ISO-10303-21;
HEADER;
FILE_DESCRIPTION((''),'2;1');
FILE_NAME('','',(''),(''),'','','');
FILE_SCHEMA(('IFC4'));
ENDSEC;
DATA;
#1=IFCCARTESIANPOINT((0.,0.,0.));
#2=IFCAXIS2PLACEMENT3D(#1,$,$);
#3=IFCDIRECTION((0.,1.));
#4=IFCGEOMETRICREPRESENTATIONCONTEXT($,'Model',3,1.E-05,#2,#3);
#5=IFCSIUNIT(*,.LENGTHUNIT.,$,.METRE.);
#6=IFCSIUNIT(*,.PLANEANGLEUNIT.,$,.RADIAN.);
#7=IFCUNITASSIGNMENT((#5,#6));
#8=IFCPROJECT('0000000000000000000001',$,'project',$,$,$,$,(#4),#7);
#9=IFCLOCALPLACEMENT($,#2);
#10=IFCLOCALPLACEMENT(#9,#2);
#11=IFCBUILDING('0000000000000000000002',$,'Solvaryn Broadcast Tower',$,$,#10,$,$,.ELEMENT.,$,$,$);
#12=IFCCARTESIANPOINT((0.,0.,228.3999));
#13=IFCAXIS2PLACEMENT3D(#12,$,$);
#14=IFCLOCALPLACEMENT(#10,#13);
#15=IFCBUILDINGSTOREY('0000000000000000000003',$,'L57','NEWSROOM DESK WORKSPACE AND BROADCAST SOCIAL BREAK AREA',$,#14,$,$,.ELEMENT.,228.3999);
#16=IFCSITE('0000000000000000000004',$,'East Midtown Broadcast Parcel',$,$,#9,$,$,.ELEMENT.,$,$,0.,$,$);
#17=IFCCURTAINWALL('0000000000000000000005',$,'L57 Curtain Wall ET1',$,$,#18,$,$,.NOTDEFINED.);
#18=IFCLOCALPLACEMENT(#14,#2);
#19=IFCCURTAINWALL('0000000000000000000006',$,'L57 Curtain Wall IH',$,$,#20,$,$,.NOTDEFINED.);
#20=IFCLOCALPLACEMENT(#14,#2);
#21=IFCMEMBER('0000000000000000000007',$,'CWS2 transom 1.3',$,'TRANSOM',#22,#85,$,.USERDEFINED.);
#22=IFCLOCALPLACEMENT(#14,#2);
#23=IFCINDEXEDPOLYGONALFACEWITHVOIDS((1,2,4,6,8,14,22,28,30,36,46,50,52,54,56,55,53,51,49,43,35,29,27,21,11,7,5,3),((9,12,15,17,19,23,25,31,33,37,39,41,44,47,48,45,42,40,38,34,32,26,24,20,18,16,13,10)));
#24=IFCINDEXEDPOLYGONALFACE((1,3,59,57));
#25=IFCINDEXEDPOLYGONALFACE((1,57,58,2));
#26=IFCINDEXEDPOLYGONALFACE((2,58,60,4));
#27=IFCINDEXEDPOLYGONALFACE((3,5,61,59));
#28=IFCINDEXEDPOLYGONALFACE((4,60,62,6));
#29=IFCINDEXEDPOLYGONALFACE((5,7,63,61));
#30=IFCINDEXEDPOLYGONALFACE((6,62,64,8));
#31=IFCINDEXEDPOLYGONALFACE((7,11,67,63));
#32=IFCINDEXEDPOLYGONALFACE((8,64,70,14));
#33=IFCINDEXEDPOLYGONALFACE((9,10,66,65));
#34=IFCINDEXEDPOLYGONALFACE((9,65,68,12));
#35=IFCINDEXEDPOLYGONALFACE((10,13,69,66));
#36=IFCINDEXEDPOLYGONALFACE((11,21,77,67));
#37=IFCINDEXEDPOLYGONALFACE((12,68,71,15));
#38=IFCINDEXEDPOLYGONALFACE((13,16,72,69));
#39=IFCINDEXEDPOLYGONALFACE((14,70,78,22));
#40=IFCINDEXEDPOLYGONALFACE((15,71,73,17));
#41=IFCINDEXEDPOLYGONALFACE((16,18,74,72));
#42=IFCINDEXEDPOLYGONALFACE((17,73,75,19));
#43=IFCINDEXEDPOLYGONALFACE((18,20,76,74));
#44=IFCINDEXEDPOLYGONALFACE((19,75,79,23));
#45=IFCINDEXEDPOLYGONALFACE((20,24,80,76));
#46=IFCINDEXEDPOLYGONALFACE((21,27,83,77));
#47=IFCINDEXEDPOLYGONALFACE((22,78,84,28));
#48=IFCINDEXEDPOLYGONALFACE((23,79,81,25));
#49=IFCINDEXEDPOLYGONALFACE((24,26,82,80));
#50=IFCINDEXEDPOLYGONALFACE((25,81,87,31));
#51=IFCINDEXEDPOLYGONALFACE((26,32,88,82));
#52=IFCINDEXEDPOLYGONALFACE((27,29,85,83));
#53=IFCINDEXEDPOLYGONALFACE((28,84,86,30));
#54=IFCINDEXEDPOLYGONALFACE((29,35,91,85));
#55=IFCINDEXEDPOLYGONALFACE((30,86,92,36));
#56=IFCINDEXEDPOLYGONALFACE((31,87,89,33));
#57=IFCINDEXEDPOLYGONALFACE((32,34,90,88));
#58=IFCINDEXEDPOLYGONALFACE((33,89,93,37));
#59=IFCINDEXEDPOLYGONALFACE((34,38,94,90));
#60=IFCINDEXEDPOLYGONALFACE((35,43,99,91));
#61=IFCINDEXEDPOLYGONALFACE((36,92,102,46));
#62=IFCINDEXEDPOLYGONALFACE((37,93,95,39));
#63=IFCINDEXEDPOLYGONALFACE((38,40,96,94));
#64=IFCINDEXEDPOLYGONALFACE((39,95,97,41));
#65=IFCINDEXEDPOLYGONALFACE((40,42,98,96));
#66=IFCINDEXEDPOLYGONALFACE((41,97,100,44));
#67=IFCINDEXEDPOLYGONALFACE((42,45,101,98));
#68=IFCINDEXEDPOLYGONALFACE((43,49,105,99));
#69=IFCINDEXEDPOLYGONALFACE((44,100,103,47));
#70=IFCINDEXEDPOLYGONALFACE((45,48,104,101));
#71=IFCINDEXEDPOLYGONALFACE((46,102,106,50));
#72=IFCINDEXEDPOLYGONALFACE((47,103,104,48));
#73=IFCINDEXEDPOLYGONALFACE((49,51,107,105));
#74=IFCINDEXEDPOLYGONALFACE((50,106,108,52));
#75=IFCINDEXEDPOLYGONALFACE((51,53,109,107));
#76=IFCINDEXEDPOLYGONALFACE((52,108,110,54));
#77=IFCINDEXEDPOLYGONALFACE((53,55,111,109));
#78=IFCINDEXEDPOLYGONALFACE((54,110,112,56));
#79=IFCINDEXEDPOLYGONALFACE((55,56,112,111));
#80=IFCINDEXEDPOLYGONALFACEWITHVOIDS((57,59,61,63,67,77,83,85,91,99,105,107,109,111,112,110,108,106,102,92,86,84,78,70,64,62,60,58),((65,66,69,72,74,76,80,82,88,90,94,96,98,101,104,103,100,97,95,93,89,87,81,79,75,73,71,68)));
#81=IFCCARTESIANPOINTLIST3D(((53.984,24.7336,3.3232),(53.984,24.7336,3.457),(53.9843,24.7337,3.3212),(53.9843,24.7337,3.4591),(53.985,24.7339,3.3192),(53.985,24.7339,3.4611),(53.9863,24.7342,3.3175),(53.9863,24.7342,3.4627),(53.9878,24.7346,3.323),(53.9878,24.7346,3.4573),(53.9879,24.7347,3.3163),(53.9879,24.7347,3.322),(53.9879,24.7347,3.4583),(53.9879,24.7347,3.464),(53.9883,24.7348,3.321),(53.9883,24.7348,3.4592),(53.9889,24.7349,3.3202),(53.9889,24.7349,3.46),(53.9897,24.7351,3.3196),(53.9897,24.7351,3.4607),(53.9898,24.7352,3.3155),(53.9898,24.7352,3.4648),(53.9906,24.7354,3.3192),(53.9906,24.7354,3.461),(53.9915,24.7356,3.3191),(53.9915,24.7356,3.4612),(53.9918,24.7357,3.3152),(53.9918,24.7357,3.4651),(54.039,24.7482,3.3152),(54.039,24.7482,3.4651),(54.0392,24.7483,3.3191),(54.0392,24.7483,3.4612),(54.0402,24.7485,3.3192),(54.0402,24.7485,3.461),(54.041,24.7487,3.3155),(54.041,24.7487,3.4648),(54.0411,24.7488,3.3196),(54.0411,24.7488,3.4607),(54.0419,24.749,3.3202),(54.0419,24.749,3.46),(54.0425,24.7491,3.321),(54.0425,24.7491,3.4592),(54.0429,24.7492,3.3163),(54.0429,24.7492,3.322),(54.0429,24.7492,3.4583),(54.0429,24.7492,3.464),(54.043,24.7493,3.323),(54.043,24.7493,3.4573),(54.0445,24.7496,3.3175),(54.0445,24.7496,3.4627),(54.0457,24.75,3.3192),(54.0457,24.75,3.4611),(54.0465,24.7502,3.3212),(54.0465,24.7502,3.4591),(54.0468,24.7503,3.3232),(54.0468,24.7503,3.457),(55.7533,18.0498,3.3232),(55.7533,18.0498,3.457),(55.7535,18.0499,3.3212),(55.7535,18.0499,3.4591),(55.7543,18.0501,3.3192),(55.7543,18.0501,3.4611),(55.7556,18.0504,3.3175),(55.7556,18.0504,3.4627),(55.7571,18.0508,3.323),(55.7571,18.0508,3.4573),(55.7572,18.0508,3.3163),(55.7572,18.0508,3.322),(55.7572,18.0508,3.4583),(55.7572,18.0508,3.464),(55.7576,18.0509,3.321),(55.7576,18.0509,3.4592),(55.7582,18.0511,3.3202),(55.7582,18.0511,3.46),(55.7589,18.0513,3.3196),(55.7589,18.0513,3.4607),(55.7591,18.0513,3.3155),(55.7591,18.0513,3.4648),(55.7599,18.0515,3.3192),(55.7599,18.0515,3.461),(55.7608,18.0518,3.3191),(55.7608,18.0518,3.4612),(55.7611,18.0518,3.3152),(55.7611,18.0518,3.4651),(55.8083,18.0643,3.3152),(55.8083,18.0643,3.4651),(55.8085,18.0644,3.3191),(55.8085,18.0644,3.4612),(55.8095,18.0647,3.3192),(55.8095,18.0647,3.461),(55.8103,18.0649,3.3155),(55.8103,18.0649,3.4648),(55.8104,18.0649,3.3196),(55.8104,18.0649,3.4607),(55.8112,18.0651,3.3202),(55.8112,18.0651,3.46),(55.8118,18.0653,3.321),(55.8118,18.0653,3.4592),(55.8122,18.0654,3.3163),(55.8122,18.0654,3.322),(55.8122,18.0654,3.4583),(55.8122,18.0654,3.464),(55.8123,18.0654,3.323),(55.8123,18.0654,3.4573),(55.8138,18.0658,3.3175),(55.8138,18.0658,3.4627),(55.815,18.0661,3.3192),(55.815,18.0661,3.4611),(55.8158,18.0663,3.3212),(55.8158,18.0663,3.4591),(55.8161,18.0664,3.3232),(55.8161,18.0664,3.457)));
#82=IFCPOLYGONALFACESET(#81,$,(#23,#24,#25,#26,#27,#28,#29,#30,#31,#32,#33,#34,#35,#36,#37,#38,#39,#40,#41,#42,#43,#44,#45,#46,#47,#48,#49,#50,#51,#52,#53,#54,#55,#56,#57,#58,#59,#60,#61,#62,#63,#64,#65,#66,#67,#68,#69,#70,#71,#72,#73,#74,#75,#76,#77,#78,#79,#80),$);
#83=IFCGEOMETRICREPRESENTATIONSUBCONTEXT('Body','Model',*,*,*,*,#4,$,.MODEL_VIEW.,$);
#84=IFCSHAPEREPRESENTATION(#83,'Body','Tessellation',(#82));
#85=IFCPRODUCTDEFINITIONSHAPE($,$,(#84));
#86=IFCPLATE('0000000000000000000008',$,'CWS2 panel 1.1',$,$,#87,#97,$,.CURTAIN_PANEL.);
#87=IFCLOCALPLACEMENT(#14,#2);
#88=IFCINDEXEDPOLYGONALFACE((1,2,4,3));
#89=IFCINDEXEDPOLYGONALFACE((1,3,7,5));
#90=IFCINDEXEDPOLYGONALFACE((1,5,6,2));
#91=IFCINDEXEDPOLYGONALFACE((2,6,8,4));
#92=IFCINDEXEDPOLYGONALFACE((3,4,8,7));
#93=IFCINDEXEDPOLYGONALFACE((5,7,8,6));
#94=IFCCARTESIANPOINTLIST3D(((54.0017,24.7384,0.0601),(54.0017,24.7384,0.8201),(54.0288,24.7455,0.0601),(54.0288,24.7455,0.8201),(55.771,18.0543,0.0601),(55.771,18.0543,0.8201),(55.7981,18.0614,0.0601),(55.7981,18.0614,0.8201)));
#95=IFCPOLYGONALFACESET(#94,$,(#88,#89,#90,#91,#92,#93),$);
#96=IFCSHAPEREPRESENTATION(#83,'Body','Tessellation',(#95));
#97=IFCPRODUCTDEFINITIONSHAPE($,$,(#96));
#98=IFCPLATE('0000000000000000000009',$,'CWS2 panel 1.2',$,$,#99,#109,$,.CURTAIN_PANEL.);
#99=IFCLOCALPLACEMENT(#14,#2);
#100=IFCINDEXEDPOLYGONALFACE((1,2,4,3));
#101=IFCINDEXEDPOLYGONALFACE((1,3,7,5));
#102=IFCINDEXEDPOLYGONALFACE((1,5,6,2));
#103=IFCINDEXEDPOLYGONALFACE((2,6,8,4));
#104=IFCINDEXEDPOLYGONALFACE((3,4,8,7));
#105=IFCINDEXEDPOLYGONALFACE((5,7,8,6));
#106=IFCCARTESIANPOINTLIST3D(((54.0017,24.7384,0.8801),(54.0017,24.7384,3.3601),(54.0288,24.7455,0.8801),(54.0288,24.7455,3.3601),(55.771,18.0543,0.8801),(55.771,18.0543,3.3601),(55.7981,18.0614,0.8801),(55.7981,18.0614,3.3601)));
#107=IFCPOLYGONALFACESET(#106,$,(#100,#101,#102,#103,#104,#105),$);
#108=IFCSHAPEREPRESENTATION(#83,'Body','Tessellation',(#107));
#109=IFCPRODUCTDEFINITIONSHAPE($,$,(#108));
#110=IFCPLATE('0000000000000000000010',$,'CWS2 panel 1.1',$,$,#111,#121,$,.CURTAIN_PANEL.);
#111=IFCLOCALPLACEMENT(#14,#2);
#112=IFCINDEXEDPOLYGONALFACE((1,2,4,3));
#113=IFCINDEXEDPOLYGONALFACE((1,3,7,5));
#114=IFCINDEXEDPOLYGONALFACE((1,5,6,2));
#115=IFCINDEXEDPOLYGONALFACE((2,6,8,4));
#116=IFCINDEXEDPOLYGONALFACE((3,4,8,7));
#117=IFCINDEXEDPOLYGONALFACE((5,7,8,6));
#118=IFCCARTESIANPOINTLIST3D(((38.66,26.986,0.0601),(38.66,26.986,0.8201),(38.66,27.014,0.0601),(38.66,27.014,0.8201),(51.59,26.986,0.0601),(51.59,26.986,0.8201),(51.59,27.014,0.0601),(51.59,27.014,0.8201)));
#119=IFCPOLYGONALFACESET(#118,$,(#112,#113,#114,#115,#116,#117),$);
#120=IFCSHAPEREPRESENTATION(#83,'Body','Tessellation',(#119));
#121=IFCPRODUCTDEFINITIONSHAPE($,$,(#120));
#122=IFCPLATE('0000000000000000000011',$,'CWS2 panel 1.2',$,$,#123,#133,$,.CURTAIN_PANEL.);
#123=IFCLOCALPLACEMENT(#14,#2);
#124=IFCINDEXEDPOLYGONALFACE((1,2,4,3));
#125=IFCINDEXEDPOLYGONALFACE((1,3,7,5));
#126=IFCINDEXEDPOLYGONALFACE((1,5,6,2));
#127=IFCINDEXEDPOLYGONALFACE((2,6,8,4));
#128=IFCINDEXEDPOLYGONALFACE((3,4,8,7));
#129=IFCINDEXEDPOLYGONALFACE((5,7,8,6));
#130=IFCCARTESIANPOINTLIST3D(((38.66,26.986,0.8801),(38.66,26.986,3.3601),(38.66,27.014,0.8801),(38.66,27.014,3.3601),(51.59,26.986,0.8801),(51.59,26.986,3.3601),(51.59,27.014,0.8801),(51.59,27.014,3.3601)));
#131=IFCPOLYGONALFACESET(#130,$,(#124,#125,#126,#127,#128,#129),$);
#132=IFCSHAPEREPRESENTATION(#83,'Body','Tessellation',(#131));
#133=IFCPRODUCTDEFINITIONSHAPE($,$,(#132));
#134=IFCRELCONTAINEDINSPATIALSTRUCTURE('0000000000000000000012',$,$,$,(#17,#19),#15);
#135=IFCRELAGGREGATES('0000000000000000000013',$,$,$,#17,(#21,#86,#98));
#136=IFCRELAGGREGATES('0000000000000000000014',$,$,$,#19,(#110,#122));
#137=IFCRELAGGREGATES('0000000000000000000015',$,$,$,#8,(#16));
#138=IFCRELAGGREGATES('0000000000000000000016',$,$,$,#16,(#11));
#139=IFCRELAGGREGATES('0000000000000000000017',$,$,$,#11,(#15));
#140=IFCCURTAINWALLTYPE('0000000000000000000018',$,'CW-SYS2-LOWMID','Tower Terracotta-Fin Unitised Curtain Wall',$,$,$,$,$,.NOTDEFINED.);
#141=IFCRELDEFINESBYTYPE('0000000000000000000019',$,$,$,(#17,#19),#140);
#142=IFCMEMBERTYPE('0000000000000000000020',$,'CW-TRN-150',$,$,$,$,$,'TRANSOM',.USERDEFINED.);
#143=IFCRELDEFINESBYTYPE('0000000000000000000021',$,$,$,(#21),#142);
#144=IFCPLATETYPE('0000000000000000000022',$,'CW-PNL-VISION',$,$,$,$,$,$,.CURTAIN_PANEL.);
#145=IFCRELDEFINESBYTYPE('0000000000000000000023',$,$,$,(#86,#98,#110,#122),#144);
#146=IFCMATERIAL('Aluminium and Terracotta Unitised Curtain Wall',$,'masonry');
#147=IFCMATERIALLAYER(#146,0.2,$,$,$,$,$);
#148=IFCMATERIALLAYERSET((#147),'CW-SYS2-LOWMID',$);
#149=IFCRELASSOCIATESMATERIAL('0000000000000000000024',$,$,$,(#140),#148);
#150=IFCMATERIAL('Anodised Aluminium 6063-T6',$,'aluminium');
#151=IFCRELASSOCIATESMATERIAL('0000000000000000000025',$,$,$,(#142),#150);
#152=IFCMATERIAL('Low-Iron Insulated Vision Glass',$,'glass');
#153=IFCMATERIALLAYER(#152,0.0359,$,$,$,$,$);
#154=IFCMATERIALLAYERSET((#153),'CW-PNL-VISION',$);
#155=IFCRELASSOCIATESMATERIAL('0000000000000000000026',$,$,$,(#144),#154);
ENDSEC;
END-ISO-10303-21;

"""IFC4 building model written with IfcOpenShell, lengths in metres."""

from ifc_helpers import new_model, si_unit, direction, frame, origin, origin_2d, place, context, subcontext, project, spatial, rectangle, hollow_rectangle, extrude, material, layer, layer_set, material_profile, profile_set, type_object, element, aggregate, save


model = new_model("IFC4")

# Units and contexts
model_context = context("Model", 3, precision=1e-05, world=origin(), true_north=direction((0.0, 1.0)))
body_context = subcontext(model_context, "Body", "Model", "MODEL_VIEW")
ifc_project = project(units=[si_unit("LENGTHUNIT", "METRE"), si_unit("PLANEANGLEUNIT", "RADIAN")], contexts=[model_context])

# Site, building, storey
site_placement = place(None, origin())
site = spatial("IfcSite", under=ifc_project, at=site_placement, Name="East Midtown Broadcast Parcel", CompositionType="ELEMENT", RefElevation=0.0)
building_placement = place(site_placement, origin())
building = spatial("IfcBuilding", under=site, at=building_placement, Name="Solvaryn Broadcast Tower", CompositionType="ELEMENT")
storey_placement = place(building_placement, frame((0.0, 0.0, 228.3999)))
storey = spatial("IfcBuildingStorey", under=building, at=storey_placement, Name="L57", Description="NEWSROOM DESK WORKSPACE AND BROADCAST SOCIAL BREAK AREA", CompositionType="ELEMENT", Elevation=228.3999)

# Curtain walls
ifc_material_1 = material(Name="Aluminium and Terracotta Unitised Curtain Wall", Category="masonry")
ifc_layer_1 = layer(ifc_material_1, 0.2)
ifc_layer_set_1 = layer_set([ifc_layer_1], Name="CW-SYS2-LOWMID")
curtain_wall_type = type_object("IfcCurtainWallType", Name="CW-SYS2-LOWMID", Description="Tower Terracotta-Fin Unitised Curtain Wall", PredefinedType="NOTDEFINED", material=ifc_layer_set_1)
curtain_wall_1_placement = place(storey_placement, origin())
curtain_wall_1 = element("IfcCurtainWall", 1, at=curtain_wall_1_placement, inside=storey, type_object=curtain_wall_type, Name="L57 Curtain Wall ET1", PredefinedType="NOTDEFINED")
curtain_wall_2_placement = place(storey_placement, origin())
curtain_wall_2 = element("IfcCurtainWall", 2, at=curtain_wall_2_placement, inside=storey, type_object=curtain_wall_type, Name="L57 Curtain Wall IH", PredefinedType="NOTDEFINED")

# Member
ifc_material_2 = material(Name="Anodised Aluminium 6063-T6", Category="aluminium")
ifc_material_profile_1 = material_profile(ifc_material_2, hollow_rectangle(XDim=0.0649, YDim=0.1499, WallThickness=0.0039, InnerFilletRadius=0.0039, OuterFilletRadius=0.0081, at=origin_2d()))
ifc_profile_set_1 = profile_set([ifc_material_profile_1], Name="Anodised Aluminium 6063-T6")
member_type_1 = type_object("IfcMemberType", Name="CW-TRN-150", ElementType="TRANSOM", PredefinedType="USERDEFINED", material=ifc_profile_set_1)
member_1_placement = place(storey_placement, frame((54.0154, 24.7419, 3.3901), z_axis=(0.255897, -0.966704, 0.0), x_axis=(0.966704, 0.255897, 0.0)))
member_1 = element("IfcMember", 3, at=member_1_placement, type_object=member_type_1, Name="CWS2 transom 1.3", ObjectType="TRANSOM", PredefinedType="USERDEFINED", context=body_context, shape_type="SweptSolid", body=[
    extrude(hollow_rectangle(XDim=0.0649, YDim=0.1499, WallThickness=0.0039, InnerFilletRadius=0.0039, OuterFilletRadius=0.0081, at=origin_2d()), origin(), (0.0, 0.0, 1.0), 6.9141),
])

# Plates
ifc_material_3 = material(Name="Low-Iron Insulated Vision Glass", Category="glass")
ifc_layer_2 = layer(ifc_material_3, 0.0359)
ifc_layer_set_2 = layer_set([ifc_layer_2], Name="CW-PNL-VISION")
plate_type = type_object("IfcPlateType", Name="CW-PNL-VISION", PredefinedType="CURTAIN_PANEL", material=ifc_layer_set_2)
plate_1_placement = place(storey_placement, frame((54.8999, 21.3999, 0.0601), z_axis=(0.0, 0.0, 1.0), x_axis=(0.255893, -0.966705, 0.0)))
plate_1 = element("IfcPlate", 4, at=plate_1_placement, type_object=plate_type, Name="CWS2 panel 1.1", PredefinedType="CURTAIN_PANEL", context=body_context, shape_type="SweptSolid", body=[
    extrude(rectangle(XDim=6.9143, YDim=0.0281, at=origin_2d()), origin(), (0.0, 0.0, 1.0), 0.76),
])
plate_2_placement = place(storey_placement, frame((54.8999, 21.3999, 0.8801), z_axis=(0.0, 0.0, 1.0), x_axis=(0.255893, -0.966705, 0.0)))
plate_2 = element("IfcPlate", 5, at=plate_2_placement, type_object=plate_type, Name="CWS2 panel 1.2", PredefinedType="CURTAIN_PANEL", context=body_context, shape_type="SweptSolid", body=[
    extrude(rectangle(XDim=6.9143, YDim=0.0281, at=origin_2d()), origin(), (0.0, 0.0, 1.0), 2.48),
])
aggregate(curtain_wall_1, [member_1, plate_1, plate_2])
plate_3_placement = place(storey_placement, frame((45.125, 27.0, 0.0601), z_axis=(0.0, 0.0, 1.0), x_axis=(1.0, 0.0, 0.0)))
plate_3 = element("IfcPlate", 6, at=plate_3_placement, type_object=plate_type, Name="CWS2 panel 1.1", PredefinedType="CURTAIN_PANEL", context=body_context, shape_type="SweptSolid", body=[
    extrude(rectangle(XDim=12.9299, YDim=0.0281, at=origin_2d()), origin(), (0.0, 0.0, 1.0), 0.76),
])
plate_4_placement = place(storey_placement, frame((45.125, 27.0, 0.8801), z_axis=(0.0, 0.0, 1.0), x_axis=(1.0, 0.0, 0.0)))
plate_4 = element("IfcPlate", 7, at=plate_4_placement, type_object=plate_type, Name="CWS2 panel 1.2", PredefinedType="CURTAIN_PANEL", context=body_context, shape_type="SweptSolid", body=[
    extrude(rectangle(XDim=12.9299, YDim=0.0281, at=origin_2d()), origin(), (0.0, 0.0, 1.0), 2.48),
])
aggregate(curtain_wall_2, [plate_3, plate_4])

save(model, "model.ifc")
